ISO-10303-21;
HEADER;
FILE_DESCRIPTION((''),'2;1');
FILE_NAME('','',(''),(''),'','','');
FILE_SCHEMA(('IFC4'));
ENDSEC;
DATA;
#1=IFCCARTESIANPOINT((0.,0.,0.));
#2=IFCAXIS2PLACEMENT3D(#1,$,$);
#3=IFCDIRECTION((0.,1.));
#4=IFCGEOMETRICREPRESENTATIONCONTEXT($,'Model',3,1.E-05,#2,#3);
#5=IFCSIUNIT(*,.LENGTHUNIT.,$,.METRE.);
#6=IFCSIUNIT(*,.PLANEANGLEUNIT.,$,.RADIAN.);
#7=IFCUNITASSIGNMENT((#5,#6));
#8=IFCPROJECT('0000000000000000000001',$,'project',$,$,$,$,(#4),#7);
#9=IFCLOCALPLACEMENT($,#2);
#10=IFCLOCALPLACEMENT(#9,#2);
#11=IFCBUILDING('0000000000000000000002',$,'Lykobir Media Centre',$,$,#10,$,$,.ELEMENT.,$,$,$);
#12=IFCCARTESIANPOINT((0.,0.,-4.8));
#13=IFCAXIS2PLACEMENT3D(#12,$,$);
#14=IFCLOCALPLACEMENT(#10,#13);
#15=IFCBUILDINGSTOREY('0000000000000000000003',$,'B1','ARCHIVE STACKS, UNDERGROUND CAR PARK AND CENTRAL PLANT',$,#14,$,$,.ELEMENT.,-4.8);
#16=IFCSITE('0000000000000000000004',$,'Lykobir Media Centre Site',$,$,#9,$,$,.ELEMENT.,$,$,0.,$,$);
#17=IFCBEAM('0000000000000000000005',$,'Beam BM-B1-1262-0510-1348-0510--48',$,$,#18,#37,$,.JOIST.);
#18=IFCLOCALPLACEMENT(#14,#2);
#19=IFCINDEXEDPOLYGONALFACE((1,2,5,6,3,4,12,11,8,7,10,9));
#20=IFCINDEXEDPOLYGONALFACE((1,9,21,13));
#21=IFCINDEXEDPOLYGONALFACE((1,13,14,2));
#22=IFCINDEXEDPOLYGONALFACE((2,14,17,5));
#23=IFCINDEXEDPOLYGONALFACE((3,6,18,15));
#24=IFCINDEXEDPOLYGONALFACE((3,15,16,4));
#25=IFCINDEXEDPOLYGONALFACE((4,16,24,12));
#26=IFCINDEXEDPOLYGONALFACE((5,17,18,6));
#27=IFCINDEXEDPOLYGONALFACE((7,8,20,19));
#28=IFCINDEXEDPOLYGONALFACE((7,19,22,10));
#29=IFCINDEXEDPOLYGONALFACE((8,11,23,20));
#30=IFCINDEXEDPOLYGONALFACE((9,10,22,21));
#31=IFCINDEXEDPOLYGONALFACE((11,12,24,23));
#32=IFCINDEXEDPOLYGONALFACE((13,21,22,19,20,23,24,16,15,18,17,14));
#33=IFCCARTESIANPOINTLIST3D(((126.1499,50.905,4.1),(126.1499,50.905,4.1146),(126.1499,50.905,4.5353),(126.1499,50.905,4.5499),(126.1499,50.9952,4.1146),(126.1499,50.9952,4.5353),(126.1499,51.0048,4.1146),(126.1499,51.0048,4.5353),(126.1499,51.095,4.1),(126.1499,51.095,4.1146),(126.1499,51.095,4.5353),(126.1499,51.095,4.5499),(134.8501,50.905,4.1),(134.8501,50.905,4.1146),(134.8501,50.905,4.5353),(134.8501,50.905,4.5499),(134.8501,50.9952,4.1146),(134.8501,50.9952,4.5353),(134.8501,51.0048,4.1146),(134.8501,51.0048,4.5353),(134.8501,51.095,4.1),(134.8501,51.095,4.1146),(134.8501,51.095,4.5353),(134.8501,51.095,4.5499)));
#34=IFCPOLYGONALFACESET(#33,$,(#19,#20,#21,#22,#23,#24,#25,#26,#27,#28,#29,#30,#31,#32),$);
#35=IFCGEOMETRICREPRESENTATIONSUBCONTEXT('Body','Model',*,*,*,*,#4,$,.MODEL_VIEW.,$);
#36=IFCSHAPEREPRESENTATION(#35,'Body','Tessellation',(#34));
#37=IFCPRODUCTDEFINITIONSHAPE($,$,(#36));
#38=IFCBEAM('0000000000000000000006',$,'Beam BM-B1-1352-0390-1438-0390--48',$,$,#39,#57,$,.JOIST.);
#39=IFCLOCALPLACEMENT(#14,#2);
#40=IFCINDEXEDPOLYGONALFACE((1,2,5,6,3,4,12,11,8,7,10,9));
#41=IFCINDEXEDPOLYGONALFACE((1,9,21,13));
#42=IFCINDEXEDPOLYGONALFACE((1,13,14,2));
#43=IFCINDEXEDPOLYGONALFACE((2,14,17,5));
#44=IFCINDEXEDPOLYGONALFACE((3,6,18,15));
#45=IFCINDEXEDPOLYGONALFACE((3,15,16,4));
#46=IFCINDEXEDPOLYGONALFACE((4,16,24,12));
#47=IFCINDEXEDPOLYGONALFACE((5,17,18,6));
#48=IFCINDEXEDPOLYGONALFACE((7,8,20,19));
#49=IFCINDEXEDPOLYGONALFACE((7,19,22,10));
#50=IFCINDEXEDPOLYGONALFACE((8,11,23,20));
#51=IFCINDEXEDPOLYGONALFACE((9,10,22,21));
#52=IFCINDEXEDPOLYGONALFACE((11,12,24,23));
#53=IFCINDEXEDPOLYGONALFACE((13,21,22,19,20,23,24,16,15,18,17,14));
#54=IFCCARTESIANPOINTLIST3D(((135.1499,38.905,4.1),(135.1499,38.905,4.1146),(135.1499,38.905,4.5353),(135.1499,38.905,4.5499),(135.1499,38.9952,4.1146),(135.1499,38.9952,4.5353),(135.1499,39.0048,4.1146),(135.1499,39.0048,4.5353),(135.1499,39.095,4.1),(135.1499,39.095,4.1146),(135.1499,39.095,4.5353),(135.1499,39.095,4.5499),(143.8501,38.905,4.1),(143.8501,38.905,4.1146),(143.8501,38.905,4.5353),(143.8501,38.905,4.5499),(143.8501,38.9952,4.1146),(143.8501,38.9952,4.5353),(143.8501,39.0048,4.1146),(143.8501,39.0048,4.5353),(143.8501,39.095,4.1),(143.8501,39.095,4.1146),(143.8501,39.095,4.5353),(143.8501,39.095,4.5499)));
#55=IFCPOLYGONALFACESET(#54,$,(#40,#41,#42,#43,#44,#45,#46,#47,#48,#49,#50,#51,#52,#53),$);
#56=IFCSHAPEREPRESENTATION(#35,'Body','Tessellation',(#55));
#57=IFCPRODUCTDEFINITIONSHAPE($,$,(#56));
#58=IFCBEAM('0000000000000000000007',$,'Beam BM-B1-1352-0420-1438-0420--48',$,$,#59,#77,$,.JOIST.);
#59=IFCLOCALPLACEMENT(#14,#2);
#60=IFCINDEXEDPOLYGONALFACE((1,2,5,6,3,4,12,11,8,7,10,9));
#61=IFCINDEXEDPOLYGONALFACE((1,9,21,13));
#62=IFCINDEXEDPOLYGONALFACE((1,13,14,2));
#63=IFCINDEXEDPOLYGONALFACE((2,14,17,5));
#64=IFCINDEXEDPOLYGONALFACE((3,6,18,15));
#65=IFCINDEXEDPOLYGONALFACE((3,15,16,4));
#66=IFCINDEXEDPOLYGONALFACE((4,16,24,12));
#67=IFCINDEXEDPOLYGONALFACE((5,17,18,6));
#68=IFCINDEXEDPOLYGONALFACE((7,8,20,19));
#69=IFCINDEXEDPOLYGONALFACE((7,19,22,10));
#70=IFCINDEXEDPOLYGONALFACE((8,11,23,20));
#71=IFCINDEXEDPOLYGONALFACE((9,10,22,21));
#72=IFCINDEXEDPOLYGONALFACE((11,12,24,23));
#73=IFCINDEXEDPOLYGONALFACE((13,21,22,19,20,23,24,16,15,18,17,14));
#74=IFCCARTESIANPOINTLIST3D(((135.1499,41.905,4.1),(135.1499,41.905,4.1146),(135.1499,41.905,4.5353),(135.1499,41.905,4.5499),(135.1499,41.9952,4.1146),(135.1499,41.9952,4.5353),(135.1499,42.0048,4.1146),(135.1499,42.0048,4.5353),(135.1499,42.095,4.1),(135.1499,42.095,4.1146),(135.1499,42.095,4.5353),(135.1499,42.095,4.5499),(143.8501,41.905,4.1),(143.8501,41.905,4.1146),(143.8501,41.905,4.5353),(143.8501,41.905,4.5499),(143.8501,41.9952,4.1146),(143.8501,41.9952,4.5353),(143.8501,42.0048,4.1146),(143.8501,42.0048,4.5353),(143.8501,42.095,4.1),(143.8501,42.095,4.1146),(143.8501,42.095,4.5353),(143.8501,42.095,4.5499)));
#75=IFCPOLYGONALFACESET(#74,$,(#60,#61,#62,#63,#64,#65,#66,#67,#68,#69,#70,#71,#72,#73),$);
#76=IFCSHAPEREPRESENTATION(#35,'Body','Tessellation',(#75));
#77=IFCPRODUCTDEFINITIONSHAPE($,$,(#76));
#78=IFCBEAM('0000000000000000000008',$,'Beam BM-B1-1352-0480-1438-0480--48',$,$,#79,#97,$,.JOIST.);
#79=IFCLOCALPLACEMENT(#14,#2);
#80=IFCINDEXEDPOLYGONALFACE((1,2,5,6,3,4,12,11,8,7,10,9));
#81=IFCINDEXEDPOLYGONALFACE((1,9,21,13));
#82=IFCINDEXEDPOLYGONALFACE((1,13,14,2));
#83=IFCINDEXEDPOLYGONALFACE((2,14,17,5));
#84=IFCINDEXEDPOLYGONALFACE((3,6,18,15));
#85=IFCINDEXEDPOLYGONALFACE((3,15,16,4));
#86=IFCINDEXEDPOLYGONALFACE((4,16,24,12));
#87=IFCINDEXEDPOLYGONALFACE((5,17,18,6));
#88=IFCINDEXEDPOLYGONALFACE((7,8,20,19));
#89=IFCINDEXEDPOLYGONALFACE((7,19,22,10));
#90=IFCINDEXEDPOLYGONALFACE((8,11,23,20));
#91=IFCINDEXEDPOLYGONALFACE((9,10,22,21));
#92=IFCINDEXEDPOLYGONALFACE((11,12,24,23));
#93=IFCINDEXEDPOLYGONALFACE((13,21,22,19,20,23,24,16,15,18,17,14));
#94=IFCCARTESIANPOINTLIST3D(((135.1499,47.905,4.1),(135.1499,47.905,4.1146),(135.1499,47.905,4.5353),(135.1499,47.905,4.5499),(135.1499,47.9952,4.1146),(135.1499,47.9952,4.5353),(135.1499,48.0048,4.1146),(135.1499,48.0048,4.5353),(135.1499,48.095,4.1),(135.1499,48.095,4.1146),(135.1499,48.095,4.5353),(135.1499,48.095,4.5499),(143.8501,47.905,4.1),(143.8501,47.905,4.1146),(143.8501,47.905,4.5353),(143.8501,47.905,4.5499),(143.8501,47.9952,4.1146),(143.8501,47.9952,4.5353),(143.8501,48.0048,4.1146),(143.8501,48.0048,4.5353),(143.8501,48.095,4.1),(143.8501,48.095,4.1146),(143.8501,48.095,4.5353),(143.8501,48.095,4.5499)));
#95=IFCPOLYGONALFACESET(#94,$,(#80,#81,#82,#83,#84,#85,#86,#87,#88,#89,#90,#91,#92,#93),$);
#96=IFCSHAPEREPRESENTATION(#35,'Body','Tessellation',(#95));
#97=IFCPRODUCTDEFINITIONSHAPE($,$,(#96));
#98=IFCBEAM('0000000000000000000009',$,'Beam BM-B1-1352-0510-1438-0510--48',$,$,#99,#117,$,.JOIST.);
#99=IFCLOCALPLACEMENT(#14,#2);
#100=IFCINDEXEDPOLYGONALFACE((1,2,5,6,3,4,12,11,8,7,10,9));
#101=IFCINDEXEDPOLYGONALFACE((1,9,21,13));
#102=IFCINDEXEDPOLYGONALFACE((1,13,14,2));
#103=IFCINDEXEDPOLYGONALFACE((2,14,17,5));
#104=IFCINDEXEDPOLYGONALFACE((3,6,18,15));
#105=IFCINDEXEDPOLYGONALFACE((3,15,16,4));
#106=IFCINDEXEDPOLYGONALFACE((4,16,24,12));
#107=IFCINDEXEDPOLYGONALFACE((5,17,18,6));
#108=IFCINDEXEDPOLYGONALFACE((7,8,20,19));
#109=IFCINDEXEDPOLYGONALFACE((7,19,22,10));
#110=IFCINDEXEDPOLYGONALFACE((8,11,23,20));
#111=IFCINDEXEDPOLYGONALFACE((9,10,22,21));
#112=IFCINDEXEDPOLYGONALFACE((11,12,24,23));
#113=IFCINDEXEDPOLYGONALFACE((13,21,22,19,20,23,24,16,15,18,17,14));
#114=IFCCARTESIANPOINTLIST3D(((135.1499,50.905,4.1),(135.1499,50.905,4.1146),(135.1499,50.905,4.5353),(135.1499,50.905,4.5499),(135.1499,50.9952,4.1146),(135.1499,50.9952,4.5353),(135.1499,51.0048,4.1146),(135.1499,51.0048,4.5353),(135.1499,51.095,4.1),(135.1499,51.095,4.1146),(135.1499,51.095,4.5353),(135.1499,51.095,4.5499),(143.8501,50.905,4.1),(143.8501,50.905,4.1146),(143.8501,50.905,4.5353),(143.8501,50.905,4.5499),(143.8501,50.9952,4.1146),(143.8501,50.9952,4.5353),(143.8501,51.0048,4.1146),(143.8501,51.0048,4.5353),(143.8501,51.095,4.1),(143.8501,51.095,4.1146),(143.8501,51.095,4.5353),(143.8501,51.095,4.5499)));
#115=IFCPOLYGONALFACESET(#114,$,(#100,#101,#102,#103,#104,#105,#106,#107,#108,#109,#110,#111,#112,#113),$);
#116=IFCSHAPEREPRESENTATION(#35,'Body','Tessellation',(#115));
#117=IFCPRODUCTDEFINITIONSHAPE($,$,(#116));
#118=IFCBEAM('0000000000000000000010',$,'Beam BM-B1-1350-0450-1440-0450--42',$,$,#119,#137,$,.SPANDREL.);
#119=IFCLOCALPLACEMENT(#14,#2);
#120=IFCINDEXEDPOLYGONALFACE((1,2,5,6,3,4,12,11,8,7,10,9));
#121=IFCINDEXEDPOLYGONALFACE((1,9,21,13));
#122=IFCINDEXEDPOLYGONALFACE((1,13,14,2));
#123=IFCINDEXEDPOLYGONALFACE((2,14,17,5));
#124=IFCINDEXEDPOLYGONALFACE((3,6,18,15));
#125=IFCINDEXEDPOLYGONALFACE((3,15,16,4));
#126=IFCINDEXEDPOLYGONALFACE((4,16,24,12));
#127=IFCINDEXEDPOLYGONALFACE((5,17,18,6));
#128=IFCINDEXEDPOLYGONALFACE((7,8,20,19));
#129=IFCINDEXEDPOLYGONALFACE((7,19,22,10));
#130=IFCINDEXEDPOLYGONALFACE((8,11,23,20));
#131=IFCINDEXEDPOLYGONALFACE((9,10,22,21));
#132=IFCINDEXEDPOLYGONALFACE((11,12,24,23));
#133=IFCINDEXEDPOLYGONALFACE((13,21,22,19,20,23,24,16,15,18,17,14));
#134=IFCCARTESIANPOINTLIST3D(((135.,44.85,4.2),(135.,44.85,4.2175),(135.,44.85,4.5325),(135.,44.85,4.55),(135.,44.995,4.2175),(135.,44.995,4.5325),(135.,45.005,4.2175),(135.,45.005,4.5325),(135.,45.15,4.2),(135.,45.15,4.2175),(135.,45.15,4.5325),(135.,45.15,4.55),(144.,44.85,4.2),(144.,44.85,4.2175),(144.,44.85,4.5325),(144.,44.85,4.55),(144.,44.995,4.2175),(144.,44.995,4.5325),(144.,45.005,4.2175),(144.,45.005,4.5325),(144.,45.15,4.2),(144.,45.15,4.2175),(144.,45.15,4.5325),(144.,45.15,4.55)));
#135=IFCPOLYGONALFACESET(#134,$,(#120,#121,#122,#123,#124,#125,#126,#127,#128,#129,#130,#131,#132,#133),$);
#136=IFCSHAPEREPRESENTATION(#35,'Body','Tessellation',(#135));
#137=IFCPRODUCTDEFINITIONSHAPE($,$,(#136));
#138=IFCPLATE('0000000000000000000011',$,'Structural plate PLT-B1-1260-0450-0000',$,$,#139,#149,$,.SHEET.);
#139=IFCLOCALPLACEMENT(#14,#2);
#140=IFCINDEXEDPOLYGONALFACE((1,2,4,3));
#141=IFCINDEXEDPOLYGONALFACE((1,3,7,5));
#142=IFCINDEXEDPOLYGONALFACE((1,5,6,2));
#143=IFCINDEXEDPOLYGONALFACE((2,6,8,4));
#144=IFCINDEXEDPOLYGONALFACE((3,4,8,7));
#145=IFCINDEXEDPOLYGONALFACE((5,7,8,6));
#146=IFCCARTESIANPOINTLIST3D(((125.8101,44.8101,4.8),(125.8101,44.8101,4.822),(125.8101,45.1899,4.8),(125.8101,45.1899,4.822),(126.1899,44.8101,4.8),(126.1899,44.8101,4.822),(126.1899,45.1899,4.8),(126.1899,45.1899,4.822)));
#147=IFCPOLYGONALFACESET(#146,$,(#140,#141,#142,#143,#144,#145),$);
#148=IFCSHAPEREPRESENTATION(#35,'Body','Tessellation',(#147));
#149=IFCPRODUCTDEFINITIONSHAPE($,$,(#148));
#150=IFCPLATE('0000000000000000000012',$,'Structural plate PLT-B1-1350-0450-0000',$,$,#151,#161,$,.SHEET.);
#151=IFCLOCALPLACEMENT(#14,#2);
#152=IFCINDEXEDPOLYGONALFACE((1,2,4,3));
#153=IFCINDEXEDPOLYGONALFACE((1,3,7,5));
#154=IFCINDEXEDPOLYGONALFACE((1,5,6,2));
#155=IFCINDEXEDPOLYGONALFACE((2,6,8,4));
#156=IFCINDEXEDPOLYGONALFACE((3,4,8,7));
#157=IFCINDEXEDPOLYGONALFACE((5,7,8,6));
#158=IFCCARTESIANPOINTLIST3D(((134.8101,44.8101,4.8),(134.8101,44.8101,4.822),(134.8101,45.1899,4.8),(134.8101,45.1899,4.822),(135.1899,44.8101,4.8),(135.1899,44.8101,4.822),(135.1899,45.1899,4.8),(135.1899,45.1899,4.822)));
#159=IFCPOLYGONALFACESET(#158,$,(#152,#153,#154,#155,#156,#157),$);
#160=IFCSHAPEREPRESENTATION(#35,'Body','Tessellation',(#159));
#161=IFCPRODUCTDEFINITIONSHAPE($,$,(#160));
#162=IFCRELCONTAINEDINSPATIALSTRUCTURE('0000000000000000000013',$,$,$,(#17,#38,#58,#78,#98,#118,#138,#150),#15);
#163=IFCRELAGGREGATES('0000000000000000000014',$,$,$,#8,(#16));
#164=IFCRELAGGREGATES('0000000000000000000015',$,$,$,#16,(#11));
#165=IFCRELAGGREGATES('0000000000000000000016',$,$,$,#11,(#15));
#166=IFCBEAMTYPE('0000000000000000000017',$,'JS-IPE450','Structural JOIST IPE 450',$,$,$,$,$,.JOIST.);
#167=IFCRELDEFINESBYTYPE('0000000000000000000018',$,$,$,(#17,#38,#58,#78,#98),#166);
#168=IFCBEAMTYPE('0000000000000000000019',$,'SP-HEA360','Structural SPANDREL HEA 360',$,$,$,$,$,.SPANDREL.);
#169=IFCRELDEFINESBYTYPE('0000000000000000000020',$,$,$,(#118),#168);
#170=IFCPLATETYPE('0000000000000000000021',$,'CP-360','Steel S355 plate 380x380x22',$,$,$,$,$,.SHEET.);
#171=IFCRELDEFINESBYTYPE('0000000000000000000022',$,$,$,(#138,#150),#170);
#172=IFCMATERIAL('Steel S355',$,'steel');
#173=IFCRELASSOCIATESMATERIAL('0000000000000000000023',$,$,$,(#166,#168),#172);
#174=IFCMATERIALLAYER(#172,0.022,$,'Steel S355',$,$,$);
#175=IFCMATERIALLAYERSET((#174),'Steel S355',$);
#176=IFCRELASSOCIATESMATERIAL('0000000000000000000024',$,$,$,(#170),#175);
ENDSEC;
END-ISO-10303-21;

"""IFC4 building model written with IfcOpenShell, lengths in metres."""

from ifc_helpers import new_model, si_unit, direction, frame, origin, origin_2d, place, context, subcontext, project, spatial, rectangle, i_section, extrude, material, layer, layer_set, material_profile, profile_set, type_object, element, save


model = new_model("IFC4")

# Units and contexts
model_context = context("Model", 3, precision=1e-05, world=origin(), true_north=direction((0.0, 1.0)))
body_context = subcontext(model_context, "Body", "Model", "MODEL_VIEW")
ifc_project = project(units=[si_unit("LENGTHUNIT", "METRE"), si_unit("PLANEANGLEUNIT", "RADIAN")], contexts=[model_context])

# Site, building, storey
site_placement = place(None, origin())
site = spatial("IfcSite", under=ifc_project, at=site_placement, Name="Lykobir Media Centre Site", CompositionType="ELEMENT", RefElevation=0.0)
building_placement = place(site_placement, origin())
building = spatial("IfcBuilding", under=site, at=building_placement, Name="Lykobir Media Centre", CompositionType="ELEMENT")
storey_placement = place(building_placement, frame((0.0, 0.0, -4.8)))
storey = spatial("IfcBuildingStorey", under=building, at=storey_placement, Name="B1", Description="ARCHIVE STACKS, UNDERGROUND CAR PARK AND CENTRAL PLANT", CompositionType="ELEMENT", Elevation=-4.8)

# Shared definitions
ifc_material_1 = material(Name="Steel S355", Category="steel")

# Beams
ifc_material_profile_1 = material_profile(ifc_material_1, i_section(OverallWidth=0.1899, OverallDepth=0.45, WebThickness=0.0095, FlangeThickness=0.0146, at=origin_2d()), Name="IPE 450")
ifc_profile_set_1 = profile_set([ifc_material_profile_1], Name="Steel S355")
beam_type_1 = type_object("IfcBeamType", Name="JS-IPE450", Description="Structural JOIST IPE 450", PredefinedType="JOIST", material=ifc_profile_set_1)
for number, where, z_axis, x_axis, name in (
    (1, (126.1499, 51.0, 4.325), (1.0, 0.0, 0.0), (0.0, 1.0, 0.0), "Beam BM-B1-1262-0510-1348-0510--48"),
    (2, (135.1499, 39.0, 4.325), (1.0, 0.0, 0.0), (0.0, 1.0, 0.0), "Beam BM-B1-1352-0390-1438-0390--48"),
    (3, (135.1499, 42.0, 4.325), (1.0, 0.0, 0.0), (0.0, 1.0, 0.0), "Beam BM-B1-1352-0420-1438-0420--48"),
    (4, (135.1499, 48.0, 4.325), (1.0, 0.0, 0.0), (0.0, 1.0, 0.0), "Beam BM-B1-1352-0480-1438-0480--48"),
    (5, (135.1499, 51.0, 4.325), (1.0, 0.0, 0.0), (0.0, 1.0, 0.0), "Beam BM-B1-1352-0510-1438-0510--48"),
):
    element("IfcBeam", number, at=place(storey_placement, frame(where, z_axis=z_axis, x_axis=x_axis)), inside=storey, type_object=beam_type_1, Name=name, PredefinedType="JOIST", context=body_context, shape_type="SweptSolid", body=[
        extrude(i_section(OverallWidth=0.1899, OverallDepth=0.45, WebThickness=0.0095, FlangeThickness=0.0146, at=origin_2d()), origin(), (0.0, 0.0, 1.0), 8.7002),
    ])
ifc_material_profile_2 = material_profile(ifc_material_1, i_section(OverallWidth=0.3, OverallDepth=0.3501, WebThickness=0.01, FlangeThickness=0.0176, at=origin_2d()), Name="HEA 360")
ifc_profile_set_2 = profile_set([ifc_material_profile_2], Name="Steel S355")
beam_type_2 = type_object("IfcBeamType", Name="SP-HEA360", Description="Structural SPANDREL HEA 360", PredefinedType="SPANDREL", material=ifc_profile_set_2)
beam_1_placement = place(storey_placement, frame((135.0, 45.0, 4.375), z_axis=(1.0, 0.0, 0.0), x_axis=(0.0, 1.0, 0.0)))
element("IfcBeam", 6, at=beam_1_placement, inside=storey, type_object=beam_type_2, Name="Beam BM-B1-1350-0450-1440-0450--42", PredefinedType="SPANDREL", context=body_context, shape_type="SweptSolid", body=[
    extrude(i_section(OverallWidth=0.3, OverallDepth=0.3501, WebThickness=0.01, FlangeThickness=0.0176, at=origin_2d()), origin(), (0.0, 0.0, 1.0), 9.0),
])

# Plates
ifc_layer = layer(ifc_material_1, 0.022, Name="Steel S355")
ifc_layer_set = layer_set([ifc_layer], Name="Steel S355")
plate_type = type_object("IfcPlateType", Name="CP-360", Description="Steel S355 plate 380x380x22", PredefinedType="SHEET", material=ifc_layer_set)
for number, where, z_axis, x_axis, name in (
    (7, (126.0, 45.0, 4.8), (0.0, 0.0, 1.0), (1.0, 0.0, 0.0), "Structural plate PLT-B1-1260-0450-0000"),
    (8, (135.0, 45.0, 4.8), (0.0, 0.0, 1.0), (1.0, 0.0, 0.0), "Structural plate PLT-B1-1350-0450-0000"),
):
    element("IfcPlate", number, at=place(storey_placement, frame(where, z_axis=z_axis, x_axis=x_axis)), inside=storey, type_object=plate_type, Name=name, PredefinedType="SHEET", context=body_context, shape_type="SweptSolid", body=[
        extrude(rectangle(XDim=0.3799, YDim=0.3799, at=origin_2d()), origin(), (0.0, 0.0, 1.0), 0.022),
    ])

save(model, "model.ifc")
